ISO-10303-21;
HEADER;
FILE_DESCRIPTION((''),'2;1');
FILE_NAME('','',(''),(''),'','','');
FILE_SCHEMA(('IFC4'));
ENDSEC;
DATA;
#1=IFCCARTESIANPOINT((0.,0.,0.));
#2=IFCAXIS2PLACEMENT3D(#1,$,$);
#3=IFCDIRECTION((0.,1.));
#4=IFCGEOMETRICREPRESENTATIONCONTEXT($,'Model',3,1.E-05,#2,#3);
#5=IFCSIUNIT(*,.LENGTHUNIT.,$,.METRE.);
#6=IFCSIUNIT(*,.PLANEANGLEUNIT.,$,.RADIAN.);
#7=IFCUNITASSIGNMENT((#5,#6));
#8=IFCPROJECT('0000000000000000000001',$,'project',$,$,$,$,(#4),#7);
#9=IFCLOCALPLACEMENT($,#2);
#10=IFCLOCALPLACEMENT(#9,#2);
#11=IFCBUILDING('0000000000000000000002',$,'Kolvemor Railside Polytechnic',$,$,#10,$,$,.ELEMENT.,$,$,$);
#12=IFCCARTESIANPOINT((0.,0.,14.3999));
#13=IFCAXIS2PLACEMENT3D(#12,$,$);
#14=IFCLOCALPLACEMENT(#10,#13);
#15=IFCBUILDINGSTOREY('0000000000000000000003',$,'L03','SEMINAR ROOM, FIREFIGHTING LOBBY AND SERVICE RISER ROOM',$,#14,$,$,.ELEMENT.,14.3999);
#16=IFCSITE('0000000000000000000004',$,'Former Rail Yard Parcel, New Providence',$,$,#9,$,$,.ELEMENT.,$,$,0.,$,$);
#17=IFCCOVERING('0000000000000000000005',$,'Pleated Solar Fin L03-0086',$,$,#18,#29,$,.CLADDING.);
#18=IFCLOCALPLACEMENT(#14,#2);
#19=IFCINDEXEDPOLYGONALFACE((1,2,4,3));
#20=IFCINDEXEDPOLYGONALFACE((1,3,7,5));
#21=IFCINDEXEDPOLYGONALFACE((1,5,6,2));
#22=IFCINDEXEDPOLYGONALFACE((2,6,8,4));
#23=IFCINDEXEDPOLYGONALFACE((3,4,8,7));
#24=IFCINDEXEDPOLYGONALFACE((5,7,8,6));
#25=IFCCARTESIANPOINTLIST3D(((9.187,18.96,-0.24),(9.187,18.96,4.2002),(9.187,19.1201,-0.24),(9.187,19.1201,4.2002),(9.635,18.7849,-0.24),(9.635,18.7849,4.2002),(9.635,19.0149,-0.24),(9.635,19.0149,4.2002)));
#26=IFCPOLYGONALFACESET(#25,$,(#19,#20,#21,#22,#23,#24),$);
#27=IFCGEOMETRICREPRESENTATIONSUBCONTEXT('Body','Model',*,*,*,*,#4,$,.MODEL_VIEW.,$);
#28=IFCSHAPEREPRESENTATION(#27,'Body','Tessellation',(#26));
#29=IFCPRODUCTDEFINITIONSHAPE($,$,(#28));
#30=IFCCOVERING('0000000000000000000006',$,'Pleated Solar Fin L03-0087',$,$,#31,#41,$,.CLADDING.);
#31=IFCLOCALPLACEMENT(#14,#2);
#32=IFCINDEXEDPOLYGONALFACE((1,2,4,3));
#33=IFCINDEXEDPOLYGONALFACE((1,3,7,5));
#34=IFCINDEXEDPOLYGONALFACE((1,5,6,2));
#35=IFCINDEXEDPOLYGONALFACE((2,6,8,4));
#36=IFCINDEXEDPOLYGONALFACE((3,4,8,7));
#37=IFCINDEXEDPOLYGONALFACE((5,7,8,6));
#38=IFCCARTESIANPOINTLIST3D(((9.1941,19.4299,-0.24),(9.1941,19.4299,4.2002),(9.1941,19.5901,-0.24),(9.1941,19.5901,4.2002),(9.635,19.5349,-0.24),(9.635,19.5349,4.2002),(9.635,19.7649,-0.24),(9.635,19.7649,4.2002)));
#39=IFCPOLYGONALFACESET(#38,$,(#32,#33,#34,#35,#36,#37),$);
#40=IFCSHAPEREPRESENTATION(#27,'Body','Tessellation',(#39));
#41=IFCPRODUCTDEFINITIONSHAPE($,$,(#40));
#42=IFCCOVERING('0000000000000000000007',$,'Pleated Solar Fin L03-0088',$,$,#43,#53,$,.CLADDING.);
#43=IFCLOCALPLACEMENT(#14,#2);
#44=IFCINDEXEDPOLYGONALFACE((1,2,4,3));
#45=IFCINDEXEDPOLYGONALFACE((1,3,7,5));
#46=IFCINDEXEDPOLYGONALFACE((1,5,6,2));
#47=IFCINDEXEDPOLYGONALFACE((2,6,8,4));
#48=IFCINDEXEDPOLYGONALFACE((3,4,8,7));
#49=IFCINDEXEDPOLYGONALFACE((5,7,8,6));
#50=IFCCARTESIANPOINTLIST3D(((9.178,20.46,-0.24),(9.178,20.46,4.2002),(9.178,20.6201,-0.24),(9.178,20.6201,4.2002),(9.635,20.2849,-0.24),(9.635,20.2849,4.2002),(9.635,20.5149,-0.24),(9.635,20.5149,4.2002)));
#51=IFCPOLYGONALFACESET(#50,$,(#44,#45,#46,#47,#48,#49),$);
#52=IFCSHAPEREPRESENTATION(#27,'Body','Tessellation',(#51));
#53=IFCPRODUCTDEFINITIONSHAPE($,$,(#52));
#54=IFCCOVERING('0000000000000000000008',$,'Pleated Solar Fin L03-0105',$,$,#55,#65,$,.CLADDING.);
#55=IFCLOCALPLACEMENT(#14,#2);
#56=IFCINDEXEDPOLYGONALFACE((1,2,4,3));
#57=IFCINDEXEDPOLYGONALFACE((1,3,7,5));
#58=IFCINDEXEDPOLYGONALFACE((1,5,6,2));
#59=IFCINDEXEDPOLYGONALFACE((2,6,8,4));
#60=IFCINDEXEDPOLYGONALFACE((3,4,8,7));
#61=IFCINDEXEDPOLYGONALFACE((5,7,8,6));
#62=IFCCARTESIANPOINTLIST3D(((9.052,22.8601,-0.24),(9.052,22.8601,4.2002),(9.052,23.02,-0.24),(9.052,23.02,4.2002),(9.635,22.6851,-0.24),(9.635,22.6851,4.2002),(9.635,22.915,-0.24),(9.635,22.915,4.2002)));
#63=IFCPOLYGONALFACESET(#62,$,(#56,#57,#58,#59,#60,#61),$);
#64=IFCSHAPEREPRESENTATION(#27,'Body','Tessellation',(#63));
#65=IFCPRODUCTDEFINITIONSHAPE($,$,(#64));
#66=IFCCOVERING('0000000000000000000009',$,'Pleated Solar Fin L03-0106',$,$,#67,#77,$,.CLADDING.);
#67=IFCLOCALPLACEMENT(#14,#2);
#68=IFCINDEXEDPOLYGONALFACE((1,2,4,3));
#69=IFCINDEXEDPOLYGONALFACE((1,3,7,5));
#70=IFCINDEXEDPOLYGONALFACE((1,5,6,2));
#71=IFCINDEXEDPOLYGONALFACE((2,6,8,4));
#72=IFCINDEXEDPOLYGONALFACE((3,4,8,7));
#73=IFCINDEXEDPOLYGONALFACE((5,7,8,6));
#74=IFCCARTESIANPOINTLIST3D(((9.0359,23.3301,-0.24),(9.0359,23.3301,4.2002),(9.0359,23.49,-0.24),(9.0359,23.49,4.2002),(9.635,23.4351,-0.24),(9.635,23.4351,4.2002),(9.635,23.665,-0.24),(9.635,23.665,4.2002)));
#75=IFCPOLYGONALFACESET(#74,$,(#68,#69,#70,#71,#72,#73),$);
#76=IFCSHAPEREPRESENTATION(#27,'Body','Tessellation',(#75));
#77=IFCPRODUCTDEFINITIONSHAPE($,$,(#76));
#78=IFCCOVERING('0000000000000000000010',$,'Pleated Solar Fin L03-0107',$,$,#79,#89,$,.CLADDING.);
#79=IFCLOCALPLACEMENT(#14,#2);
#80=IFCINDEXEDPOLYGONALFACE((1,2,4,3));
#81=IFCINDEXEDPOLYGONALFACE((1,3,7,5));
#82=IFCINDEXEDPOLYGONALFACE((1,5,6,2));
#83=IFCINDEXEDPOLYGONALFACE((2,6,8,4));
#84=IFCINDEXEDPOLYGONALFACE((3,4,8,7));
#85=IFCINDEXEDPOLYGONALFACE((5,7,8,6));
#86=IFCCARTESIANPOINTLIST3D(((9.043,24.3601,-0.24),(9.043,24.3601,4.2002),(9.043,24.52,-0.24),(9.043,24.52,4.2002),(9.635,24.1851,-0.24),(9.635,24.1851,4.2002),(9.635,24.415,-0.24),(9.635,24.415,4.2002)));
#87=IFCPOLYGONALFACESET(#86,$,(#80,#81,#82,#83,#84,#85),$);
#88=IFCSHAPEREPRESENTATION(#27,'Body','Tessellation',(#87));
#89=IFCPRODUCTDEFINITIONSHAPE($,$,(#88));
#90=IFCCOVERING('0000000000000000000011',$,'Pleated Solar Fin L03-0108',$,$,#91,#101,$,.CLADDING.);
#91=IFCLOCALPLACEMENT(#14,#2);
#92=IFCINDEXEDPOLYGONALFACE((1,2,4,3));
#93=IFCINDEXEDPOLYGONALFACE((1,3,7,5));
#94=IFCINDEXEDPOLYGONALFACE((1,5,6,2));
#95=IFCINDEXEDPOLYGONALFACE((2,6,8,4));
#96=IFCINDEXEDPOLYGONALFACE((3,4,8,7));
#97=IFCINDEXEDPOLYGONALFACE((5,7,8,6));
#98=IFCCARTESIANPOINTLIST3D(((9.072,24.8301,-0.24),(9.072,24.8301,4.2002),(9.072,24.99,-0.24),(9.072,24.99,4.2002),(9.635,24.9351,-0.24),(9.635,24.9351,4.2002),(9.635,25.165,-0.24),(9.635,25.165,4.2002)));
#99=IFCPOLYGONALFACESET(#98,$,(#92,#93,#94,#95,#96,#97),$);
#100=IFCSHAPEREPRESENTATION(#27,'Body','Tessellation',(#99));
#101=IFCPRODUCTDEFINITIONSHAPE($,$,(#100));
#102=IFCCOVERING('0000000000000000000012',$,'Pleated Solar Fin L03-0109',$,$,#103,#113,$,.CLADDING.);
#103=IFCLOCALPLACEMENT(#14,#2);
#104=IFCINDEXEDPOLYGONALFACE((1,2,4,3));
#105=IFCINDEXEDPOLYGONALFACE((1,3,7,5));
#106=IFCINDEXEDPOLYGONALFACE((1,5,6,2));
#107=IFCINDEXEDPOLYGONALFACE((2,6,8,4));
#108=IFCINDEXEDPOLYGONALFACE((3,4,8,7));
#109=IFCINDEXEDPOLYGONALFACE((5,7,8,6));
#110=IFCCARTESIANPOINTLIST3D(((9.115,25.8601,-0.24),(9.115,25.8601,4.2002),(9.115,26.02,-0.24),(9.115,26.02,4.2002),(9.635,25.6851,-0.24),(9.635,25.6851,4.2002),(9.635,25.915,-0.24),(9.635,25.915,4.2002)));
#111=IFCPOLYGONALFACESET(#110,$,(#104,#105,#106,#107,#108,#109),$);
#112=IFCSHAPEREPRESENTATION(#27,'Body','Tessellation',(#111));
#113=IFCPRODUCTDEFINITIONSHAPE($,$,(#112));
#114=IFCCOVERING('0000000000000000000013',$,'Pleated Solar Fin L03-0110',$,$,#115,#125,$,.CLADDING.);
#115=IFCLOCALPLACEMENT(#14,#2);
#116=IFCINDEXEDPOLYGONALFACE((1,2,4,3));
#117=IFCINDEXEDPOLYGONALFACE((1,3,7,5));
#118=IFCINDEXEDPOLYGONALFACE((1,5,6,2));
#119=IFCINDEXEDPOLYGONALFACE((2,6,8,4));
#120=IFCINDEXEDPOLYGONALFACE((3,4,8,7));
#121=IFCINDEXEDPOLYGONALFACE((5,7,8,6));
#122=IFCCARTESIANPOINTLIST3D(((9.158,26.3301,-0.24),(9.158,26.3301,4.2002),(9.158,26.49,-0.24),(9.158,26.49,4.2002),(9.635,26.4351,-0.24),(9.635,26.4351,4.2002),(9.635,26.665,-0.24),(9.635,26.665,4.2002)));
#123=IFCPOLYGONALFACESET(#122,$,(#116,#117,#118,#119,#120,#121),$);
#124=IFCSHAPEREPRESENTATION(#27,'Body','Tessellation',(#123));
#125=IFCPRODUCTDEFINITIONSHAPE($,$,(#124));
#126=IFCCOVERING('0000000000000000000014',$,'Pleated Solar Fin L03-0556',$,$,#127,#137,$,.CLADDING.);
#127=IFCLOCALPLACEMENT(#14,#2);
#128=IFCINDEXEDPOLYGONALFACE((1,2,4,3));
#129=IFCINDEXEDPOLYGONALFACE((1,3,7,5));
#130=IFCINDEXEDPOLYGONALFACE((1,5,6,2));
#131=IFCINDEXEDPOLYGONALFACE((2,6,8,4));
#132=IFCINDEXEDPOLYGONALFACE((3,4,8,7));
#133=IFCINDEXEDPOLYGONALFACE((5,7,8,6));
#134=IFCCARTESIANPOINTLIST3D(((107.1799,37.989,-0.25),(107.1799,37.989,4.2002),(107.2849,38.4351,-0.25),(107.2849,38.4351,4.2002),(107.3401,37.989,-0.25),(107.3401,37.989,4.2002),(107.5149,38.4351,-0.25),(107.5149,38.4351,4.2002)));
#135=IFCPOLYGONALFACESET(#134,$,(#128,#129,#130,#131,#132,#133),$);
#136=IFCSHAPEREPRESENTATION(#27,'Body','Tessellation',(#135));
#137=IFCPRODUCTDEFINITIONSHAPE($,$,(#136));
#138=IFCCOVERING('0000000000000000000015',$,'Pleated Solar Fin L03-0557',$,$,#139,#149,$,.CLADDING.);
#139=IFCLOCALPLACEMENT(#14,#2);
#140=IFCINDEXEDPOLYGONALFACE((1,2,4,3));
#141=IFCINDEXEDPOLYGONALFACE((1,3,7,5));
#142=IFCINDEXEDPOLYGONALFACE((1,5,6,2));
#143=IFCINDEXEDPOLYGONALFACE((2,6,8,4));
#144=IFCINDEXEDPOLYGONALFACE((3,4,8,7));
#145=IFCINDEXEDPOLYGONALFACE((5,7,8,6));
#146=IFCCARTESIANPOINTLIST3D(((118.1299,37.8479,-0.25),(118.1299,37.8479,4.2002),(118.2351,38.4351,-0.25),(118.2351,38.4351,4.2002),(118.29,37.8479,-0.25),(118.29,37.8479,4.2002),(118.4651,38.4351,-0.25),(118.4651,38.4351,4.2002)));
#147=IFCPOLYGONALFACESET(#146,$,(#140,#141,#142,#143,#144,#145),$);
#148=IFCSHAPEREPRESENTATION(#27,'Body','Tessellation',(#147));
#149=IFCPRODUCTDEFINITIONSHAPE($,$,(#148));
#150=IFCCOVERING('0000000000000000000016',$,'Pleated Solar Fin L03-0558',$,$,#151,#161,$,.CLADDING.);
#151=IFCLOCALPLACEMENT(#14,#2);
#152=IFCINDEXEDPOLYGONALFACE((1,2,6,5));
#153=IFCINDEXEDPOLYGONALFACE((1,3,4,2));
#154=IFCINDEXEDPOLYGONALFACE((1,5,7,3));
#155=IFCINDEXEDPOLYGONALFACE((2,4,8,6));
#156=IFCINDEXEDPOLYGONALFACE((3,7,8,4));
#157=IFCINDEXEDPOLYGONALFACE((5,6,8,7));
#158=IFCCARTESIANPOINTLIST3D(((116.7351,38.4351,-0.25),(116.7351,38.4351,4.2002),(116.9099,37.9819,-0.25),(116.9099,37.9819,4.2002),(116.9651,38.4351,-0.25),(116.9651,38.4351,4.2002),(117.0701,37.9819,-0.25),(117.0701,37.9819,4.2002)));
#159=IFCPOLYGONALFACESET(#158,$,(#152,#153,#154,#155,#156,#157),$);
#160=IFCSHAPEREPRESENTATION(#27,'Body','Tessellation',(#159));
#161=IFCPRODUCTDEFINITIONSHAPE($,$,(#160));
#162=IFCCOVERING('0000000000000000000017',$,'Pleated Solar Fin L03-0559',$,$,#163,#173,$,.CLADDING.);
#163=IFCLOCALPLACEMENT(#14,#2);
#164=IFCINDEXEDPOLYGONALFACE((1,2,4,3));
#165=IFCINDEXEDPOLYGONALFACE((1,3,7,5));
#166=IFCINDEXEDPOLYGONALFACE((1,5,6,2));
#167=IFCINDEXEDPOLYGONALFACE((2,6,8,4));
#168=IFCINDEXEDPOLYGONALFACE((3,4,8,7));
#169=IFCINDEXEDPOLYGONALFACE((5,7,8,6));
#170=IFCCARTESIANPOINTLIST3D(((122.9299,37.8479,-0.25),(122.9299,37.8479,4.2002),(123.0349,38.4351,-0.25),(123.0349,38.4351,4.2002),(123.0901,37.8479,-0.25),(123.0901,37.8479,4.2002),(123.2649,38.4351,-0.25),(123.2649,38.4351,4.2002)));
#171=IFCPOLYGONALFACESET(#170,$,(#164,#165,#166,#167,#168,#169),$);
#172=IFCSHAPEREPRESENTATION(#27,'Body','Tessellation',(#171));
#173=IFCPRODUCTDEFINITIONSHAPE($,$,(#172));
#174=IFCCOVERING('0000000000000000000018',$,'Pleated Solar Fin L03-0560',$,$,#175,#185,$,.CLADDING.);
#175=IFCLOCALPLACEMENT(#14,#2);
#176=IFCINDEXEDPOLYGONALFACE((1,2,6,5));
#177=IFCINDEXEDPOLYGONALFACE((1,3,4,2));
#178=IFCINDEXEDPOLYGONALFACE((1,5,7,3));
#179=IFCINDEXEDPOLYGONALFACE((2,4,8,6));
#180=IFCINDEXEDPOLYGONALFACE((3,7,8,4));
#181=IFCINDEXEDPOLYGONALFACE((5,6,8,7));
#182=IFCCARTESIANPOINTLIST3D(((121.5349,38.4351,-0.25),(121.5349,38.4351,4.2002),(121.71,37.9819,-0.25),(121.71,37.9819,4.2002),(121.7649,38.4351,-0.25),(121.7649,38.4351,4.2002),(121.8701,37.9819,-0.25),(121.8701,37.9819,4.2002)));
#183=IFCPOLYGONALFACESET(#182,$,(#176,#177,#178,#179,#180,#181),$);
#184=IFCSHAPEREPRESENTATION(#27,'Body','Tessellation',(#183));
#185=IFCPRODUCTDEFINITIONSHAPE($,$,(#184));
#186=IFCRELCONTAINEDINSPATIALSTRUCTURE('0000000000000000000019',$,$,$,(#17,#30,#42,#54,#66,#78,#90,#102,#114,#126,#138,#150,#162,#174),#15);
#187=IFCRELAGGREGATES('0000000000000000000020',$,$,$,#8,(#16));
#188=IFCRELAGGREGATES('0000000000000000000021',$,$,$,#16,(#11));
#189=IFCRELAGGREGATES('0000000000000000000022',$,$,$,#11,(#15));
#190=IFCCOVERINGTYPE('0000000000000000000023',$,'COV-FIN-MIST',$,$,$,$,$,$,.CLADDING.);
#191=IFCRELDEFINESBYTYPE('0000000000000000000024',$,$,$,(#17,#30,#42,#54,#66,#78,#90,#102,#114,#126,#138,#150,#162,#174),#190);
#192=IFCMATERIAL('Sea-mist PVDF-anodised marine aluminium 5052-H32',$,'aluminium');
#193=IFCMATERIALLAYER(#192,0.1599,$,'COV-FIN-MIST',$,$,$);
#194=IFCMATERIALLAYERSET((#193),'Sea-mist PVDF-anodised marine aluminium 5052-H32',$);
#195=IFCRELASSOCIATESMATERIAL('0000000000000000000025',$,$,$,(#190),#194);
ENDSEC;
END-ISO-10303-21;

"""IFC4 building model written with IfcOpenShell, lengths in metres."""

from ifc_helpers import new_model, si_unit, direction, frame, origin, place, context, subcontext, project, spatial, polyline, outline, extrude, material, layer, layer_set, type_object, element, save


model = new_model("IFC4")

# Units and contexts
model_context = context("Model", 3, precision=1e-05, world=origin(), true_north=direction((0.0, 1.0)))
body_context = subcontext(model_context, "Body", "Model", "MODEL_VIEW")
ifc_project = project(units=[si_unit("LENGTHUNIT", "METRE"), si_unit("PLANEANGLEUNIT", "RADIAN")], contexts=[model_context])

# Site, building, storey
site_placement = place(None, origin())
site = spatial("IfcSite", under=ifc_project, at=site_placement, Name="Former Rail Yard Parcel, New Providence", CompositionType="ELEMENT", RefElevation=0.0)
building_placement = place(site_placement, origin())
building = spatial("IfcBuilding", under=site, at=building_placement, Name="Kolvemor Railside Polytechnic", CompositionType="ELEMENT")
storey_placement = place(building_placement, frame((0.0, 0.0, 14.3999)))
storey = spatial("IfcBuildingStorey", under=building, at=storey_placement, Name="L03", Description="SEMINAR ROOM, FIREFIGHTING LOBBY AND SERVICE RISER ROOM", CompositionType="ELEMENT", Elevation=14.3999)

# Coverings
ifc_material_1 = material(Name="Sea-mist PVDF-anodised marine aluminium 5052-H32", Category="aluminium")
ifc_layer_1 = layer(ifc_material_1, 0.1599, Name="COV-FIN-MIST")
ifc_layer_set_1 = layer_set([ifc_layer_1], Name="Sea-mist PVDF-anodised marine aluminium 5052-H32")
covering_type = type_object("IfcCoveringType", Name="COV-FIN-MIST", PredefinedType="CLADDING", material=ifc_layer_set_1)
covering_1_placement = place(storey_placement, frame((0.0, 0.0, -0.24)))
element("IfcCovering", 1, at=covering_1_placement, inside=storey, type_object=covering_type, Name="Pleated Solar Fin L03-0086", PredefinedType="CLADDING", context=body_context, shape_type="SweptSolid", body=[
    extrude(outline(polyline([(9.635, 18.7849), (9.635, 19.0149), (9.187, 19.1201), (9.187, 18.96), (9.635, 18.7849)])), origin(), (0.0, 0.0, 1.0), 4.4402),
])
covering_2_placement = place(storey_placement, frame((0.0, 0.0, -0.24)))
element("IfcCovering", 2, at=covering_2_placement, inside=storey, type_object=covering_type, Name="Pleated Solar Fin L03-0087", PredefinedType="CLADDING", context=body_context, shape_type="SweptSolid", body=[
    extrude(outline(polyline([(9.635, 19.5349), (9.635, 19.7649), (9.1941, 19.5901), (9.1941, 19.4299), (9.635, 19.5349)])), origin(), (0.0, 0.0, 1.0), 4.4402),
])
covering_3_placement = place(storey_placement, frame((0.0, 0.0, -0.24)))
element("IfcCovering", 3, at=covering_3_placement, inside=storey, type_object=covering_type, Name="Pleated Solar Fin L03-0088", PredefinedType="CLADDING", context=body_context, shape_type="SweptSolid", body=[
    extrude(outline(polyline([(9.635, 20.2849), (9.635, 20.5149), (9.178, 20.6201), (9.178, 20.46), (9.635, 20.2849)])), origin(), (0.0, 0.0, 1.0), 4.4402),
])
covering_4_placement = place(storey_placement, frame((0.0, 0.0, -0.24)))
element("IfcCovering", 4, at=covering_4_placement, inside=storey, type_object=covering_type, Name="Pleated Solar Fin L03-0105", PredefinedType="CLADDING", context=body_context, shape_type="SweptSolid", body=[
    extrude(outline(polyline([(9.635, 22.6851), (9.635, 22.915), (9.052, 23.02), (9.052, 22.8601), (9.635, 22.6851)])), origin(), (0.0, 0.0, 1.0), 4.4402),
])
covering_5_placement = place(storey_placement, frame((0.0, 0.0, -0.24)))
element("IfcCovering", 5, at=covering_5_placement, inside=storey, type_object=covering_type, Name="Pleated Solar Fin L03-0106", PredefinedType="CLADDING", context=body_context, shape_type="SweptSolid", body=[
    extrude(outline(polyline([(9.635, 23.4351), (9.635, 23.665), (9.0359, 23.49), (9.0359, 23.3301), (9.635, 23.4351)])), origin(), (0.0, 0.0, 1.0), 4.4402),
])
covering_6_placement = place(storey_placement, frame((0.0, 0.0, -0.24)))
element("IfcCovering", 6, at=covering_6_placement, inside=storey, type_object=covering_type, Name="Pleated Solar Fin L03-0107", PredefinedType="CLADDING", context=body_context, shape_type="SweptSolid", body=[
    extrude(outline(polyline([(9.635, 24.1851), (9.635, 24.415), (9.043, 24.52), (9.043, 24.3601), (9.635, 24.1851)])), origin(), (0.0, 0.0, 1.0), 4.4402),
])
covering_7_placement = place(storey_placement, frame((0.0, 0.0, -0.24)))
element("IfcCovering", 7, at=covering_7_placement, inside=storey, type_object=covering_type, Name="Pleated Solar Fin L03-0108", PredefinedType="CLADDING", context=body_context, shape_type="SweptSolid", body=[
    extrude(outline(polyline([(9.635, 24.9351), (9.635, 25.165), (9.072, 24.99), (9.072, 24.8301), (9.635, 24.9351)])), origin(), (0.0, 0.0, 1.0), 4.4402),
])
covering_8_placement = place(storey_placement, frame((0.0, 0.0, -0.24)))
element("IfcCovering", 8, at=covering_8_placement, inside=storey, type_object=covering_type, Name="Pleated Solar Fin L03-0109", PredefinedType="CLADDING", context=body_context, shape_type="SweptSolid", body=[
    extrude(outline(polyline([(9.635, 25.6851), (9.635, 25.915), (9.115, 26.02), (9.115, 25.8601), (9.635, 25.6851)])), origin(), (0.0, 0.0, 1.0), 4.4402),
])
covering_9_placement = place(storey_placement, frame((0.0, 0.0, -0.24)))
element("IfcCovering", 9, at=covering_9_placement, inside=storey, type_object=covering_type, Name="Pleated Solar Fin L03-0110", PredefinedType="CLADDING", context=body_context, shape_type="SweptSolid", body=[
    extrude(outline(polyline([(9.635, 26.4351), (9.635, 26.665), (9.158, 26.49), (9.158, 26.3301), (9.635, 26.4351)])), origin(), (0.0, 0.0, 1.0), 4.4402),
])
covering_10_placement = place(storey_placement, frame((0.0, 0.0, -0.25)))
element("IfcCovering", 10, at=covering_10_placement, inside=storey, type_object=covering_type, Name="Pleated Solar Fin L03-0556", PredefinedType="CLADDING", context=body_context, shape_type="SweptSolid", body=[
    extrude(outline(polyline([(107.5149, 38.4351), (107.2849, 38.4351), (107.1799, 37.989), (107.3401, 37.989), (107.5149, 38.4351)])), origin(), (0.0, 0.0, 1.0), 4.4502),
])
covering_11_placement = place(storey_placement, frame((0.0, 0.0, -0.25)))
element("IfcCovering", 11, at=covering_11_placement, inside=storey, type_object=covering_type, Name="Pleated Solar Fin L03-0557", PredefinedType="CLADDING", context=body_context, shape_type="SweptSolid", body=[
    extrude(outline(polyline([(118.4651, 38.4351), (118.2351, 38.4351), (118.1299, 37.8479), (118.29, 37.8479), (118.4651, 38.4351)])), origin(), (0.0, 0.0, 1.0), 4.4502),
])
covering_12_placement = place(storey_placement, frame((0.0, 0.0, -0.25)))
element("IfcCovering", 12, at=covering_12_placement, inside=storey, type_object=covering_type, Name="Pleated Solar Fin L03-0558", PredefinedType="CLADDING", context=body_context, shape_type="SweptSolid", body=[
    extrude(outline(polyline([(116.9651, 38.4351), (116.7351, 38.4351), (116.9099, 37.9819), (117.0701, 37.9819), (116.9651, 38.4351)])), origin(), (0.0, 0.0, 1.0), 4.4502),
])
covering_13_placement = place(storey_placement, frame((0.0, 0.0, -0.25)))
element("IfcCovering", 13, at=covering_13_placement, inside=storey, type_object=covering_type, Name="Pleated Solar Fin L03-0559", PredefinedType="CLADDING", context=body_context, shape_type="SweptSolid", body=[
    extrude(outline(polyline([(123.2649, 38.4351), (123.0349, 38.4351), (122.9299, 37.8479), (123.0901, 37.8479), (123.2649, 38.4351)])), origin(), (0.0, 0.0, 1.0), 4.4502),
])
covering_14_placement = place(storey_placement, frame((0.0, 0.0, -0.25)))
element("IfcCovering", 14, at=covering_14_placement, inside=storey, type_object=covering_type, Name="Pleated Solar Fin L03-0560", PredefinedType="CLADDING", context=body_context, shape_type="SweptSolid", body=[
    extrude(outline(polyline([(121.7649, 38.4351), (121.5349, 38.4351), (121.71, 37.9819), (121.8701, 37.9819), (121.7649, 38.4351)])), origin(), (0.0, 0.0, 1.0), 4.4502),
])

save(model, "model.ifc")
